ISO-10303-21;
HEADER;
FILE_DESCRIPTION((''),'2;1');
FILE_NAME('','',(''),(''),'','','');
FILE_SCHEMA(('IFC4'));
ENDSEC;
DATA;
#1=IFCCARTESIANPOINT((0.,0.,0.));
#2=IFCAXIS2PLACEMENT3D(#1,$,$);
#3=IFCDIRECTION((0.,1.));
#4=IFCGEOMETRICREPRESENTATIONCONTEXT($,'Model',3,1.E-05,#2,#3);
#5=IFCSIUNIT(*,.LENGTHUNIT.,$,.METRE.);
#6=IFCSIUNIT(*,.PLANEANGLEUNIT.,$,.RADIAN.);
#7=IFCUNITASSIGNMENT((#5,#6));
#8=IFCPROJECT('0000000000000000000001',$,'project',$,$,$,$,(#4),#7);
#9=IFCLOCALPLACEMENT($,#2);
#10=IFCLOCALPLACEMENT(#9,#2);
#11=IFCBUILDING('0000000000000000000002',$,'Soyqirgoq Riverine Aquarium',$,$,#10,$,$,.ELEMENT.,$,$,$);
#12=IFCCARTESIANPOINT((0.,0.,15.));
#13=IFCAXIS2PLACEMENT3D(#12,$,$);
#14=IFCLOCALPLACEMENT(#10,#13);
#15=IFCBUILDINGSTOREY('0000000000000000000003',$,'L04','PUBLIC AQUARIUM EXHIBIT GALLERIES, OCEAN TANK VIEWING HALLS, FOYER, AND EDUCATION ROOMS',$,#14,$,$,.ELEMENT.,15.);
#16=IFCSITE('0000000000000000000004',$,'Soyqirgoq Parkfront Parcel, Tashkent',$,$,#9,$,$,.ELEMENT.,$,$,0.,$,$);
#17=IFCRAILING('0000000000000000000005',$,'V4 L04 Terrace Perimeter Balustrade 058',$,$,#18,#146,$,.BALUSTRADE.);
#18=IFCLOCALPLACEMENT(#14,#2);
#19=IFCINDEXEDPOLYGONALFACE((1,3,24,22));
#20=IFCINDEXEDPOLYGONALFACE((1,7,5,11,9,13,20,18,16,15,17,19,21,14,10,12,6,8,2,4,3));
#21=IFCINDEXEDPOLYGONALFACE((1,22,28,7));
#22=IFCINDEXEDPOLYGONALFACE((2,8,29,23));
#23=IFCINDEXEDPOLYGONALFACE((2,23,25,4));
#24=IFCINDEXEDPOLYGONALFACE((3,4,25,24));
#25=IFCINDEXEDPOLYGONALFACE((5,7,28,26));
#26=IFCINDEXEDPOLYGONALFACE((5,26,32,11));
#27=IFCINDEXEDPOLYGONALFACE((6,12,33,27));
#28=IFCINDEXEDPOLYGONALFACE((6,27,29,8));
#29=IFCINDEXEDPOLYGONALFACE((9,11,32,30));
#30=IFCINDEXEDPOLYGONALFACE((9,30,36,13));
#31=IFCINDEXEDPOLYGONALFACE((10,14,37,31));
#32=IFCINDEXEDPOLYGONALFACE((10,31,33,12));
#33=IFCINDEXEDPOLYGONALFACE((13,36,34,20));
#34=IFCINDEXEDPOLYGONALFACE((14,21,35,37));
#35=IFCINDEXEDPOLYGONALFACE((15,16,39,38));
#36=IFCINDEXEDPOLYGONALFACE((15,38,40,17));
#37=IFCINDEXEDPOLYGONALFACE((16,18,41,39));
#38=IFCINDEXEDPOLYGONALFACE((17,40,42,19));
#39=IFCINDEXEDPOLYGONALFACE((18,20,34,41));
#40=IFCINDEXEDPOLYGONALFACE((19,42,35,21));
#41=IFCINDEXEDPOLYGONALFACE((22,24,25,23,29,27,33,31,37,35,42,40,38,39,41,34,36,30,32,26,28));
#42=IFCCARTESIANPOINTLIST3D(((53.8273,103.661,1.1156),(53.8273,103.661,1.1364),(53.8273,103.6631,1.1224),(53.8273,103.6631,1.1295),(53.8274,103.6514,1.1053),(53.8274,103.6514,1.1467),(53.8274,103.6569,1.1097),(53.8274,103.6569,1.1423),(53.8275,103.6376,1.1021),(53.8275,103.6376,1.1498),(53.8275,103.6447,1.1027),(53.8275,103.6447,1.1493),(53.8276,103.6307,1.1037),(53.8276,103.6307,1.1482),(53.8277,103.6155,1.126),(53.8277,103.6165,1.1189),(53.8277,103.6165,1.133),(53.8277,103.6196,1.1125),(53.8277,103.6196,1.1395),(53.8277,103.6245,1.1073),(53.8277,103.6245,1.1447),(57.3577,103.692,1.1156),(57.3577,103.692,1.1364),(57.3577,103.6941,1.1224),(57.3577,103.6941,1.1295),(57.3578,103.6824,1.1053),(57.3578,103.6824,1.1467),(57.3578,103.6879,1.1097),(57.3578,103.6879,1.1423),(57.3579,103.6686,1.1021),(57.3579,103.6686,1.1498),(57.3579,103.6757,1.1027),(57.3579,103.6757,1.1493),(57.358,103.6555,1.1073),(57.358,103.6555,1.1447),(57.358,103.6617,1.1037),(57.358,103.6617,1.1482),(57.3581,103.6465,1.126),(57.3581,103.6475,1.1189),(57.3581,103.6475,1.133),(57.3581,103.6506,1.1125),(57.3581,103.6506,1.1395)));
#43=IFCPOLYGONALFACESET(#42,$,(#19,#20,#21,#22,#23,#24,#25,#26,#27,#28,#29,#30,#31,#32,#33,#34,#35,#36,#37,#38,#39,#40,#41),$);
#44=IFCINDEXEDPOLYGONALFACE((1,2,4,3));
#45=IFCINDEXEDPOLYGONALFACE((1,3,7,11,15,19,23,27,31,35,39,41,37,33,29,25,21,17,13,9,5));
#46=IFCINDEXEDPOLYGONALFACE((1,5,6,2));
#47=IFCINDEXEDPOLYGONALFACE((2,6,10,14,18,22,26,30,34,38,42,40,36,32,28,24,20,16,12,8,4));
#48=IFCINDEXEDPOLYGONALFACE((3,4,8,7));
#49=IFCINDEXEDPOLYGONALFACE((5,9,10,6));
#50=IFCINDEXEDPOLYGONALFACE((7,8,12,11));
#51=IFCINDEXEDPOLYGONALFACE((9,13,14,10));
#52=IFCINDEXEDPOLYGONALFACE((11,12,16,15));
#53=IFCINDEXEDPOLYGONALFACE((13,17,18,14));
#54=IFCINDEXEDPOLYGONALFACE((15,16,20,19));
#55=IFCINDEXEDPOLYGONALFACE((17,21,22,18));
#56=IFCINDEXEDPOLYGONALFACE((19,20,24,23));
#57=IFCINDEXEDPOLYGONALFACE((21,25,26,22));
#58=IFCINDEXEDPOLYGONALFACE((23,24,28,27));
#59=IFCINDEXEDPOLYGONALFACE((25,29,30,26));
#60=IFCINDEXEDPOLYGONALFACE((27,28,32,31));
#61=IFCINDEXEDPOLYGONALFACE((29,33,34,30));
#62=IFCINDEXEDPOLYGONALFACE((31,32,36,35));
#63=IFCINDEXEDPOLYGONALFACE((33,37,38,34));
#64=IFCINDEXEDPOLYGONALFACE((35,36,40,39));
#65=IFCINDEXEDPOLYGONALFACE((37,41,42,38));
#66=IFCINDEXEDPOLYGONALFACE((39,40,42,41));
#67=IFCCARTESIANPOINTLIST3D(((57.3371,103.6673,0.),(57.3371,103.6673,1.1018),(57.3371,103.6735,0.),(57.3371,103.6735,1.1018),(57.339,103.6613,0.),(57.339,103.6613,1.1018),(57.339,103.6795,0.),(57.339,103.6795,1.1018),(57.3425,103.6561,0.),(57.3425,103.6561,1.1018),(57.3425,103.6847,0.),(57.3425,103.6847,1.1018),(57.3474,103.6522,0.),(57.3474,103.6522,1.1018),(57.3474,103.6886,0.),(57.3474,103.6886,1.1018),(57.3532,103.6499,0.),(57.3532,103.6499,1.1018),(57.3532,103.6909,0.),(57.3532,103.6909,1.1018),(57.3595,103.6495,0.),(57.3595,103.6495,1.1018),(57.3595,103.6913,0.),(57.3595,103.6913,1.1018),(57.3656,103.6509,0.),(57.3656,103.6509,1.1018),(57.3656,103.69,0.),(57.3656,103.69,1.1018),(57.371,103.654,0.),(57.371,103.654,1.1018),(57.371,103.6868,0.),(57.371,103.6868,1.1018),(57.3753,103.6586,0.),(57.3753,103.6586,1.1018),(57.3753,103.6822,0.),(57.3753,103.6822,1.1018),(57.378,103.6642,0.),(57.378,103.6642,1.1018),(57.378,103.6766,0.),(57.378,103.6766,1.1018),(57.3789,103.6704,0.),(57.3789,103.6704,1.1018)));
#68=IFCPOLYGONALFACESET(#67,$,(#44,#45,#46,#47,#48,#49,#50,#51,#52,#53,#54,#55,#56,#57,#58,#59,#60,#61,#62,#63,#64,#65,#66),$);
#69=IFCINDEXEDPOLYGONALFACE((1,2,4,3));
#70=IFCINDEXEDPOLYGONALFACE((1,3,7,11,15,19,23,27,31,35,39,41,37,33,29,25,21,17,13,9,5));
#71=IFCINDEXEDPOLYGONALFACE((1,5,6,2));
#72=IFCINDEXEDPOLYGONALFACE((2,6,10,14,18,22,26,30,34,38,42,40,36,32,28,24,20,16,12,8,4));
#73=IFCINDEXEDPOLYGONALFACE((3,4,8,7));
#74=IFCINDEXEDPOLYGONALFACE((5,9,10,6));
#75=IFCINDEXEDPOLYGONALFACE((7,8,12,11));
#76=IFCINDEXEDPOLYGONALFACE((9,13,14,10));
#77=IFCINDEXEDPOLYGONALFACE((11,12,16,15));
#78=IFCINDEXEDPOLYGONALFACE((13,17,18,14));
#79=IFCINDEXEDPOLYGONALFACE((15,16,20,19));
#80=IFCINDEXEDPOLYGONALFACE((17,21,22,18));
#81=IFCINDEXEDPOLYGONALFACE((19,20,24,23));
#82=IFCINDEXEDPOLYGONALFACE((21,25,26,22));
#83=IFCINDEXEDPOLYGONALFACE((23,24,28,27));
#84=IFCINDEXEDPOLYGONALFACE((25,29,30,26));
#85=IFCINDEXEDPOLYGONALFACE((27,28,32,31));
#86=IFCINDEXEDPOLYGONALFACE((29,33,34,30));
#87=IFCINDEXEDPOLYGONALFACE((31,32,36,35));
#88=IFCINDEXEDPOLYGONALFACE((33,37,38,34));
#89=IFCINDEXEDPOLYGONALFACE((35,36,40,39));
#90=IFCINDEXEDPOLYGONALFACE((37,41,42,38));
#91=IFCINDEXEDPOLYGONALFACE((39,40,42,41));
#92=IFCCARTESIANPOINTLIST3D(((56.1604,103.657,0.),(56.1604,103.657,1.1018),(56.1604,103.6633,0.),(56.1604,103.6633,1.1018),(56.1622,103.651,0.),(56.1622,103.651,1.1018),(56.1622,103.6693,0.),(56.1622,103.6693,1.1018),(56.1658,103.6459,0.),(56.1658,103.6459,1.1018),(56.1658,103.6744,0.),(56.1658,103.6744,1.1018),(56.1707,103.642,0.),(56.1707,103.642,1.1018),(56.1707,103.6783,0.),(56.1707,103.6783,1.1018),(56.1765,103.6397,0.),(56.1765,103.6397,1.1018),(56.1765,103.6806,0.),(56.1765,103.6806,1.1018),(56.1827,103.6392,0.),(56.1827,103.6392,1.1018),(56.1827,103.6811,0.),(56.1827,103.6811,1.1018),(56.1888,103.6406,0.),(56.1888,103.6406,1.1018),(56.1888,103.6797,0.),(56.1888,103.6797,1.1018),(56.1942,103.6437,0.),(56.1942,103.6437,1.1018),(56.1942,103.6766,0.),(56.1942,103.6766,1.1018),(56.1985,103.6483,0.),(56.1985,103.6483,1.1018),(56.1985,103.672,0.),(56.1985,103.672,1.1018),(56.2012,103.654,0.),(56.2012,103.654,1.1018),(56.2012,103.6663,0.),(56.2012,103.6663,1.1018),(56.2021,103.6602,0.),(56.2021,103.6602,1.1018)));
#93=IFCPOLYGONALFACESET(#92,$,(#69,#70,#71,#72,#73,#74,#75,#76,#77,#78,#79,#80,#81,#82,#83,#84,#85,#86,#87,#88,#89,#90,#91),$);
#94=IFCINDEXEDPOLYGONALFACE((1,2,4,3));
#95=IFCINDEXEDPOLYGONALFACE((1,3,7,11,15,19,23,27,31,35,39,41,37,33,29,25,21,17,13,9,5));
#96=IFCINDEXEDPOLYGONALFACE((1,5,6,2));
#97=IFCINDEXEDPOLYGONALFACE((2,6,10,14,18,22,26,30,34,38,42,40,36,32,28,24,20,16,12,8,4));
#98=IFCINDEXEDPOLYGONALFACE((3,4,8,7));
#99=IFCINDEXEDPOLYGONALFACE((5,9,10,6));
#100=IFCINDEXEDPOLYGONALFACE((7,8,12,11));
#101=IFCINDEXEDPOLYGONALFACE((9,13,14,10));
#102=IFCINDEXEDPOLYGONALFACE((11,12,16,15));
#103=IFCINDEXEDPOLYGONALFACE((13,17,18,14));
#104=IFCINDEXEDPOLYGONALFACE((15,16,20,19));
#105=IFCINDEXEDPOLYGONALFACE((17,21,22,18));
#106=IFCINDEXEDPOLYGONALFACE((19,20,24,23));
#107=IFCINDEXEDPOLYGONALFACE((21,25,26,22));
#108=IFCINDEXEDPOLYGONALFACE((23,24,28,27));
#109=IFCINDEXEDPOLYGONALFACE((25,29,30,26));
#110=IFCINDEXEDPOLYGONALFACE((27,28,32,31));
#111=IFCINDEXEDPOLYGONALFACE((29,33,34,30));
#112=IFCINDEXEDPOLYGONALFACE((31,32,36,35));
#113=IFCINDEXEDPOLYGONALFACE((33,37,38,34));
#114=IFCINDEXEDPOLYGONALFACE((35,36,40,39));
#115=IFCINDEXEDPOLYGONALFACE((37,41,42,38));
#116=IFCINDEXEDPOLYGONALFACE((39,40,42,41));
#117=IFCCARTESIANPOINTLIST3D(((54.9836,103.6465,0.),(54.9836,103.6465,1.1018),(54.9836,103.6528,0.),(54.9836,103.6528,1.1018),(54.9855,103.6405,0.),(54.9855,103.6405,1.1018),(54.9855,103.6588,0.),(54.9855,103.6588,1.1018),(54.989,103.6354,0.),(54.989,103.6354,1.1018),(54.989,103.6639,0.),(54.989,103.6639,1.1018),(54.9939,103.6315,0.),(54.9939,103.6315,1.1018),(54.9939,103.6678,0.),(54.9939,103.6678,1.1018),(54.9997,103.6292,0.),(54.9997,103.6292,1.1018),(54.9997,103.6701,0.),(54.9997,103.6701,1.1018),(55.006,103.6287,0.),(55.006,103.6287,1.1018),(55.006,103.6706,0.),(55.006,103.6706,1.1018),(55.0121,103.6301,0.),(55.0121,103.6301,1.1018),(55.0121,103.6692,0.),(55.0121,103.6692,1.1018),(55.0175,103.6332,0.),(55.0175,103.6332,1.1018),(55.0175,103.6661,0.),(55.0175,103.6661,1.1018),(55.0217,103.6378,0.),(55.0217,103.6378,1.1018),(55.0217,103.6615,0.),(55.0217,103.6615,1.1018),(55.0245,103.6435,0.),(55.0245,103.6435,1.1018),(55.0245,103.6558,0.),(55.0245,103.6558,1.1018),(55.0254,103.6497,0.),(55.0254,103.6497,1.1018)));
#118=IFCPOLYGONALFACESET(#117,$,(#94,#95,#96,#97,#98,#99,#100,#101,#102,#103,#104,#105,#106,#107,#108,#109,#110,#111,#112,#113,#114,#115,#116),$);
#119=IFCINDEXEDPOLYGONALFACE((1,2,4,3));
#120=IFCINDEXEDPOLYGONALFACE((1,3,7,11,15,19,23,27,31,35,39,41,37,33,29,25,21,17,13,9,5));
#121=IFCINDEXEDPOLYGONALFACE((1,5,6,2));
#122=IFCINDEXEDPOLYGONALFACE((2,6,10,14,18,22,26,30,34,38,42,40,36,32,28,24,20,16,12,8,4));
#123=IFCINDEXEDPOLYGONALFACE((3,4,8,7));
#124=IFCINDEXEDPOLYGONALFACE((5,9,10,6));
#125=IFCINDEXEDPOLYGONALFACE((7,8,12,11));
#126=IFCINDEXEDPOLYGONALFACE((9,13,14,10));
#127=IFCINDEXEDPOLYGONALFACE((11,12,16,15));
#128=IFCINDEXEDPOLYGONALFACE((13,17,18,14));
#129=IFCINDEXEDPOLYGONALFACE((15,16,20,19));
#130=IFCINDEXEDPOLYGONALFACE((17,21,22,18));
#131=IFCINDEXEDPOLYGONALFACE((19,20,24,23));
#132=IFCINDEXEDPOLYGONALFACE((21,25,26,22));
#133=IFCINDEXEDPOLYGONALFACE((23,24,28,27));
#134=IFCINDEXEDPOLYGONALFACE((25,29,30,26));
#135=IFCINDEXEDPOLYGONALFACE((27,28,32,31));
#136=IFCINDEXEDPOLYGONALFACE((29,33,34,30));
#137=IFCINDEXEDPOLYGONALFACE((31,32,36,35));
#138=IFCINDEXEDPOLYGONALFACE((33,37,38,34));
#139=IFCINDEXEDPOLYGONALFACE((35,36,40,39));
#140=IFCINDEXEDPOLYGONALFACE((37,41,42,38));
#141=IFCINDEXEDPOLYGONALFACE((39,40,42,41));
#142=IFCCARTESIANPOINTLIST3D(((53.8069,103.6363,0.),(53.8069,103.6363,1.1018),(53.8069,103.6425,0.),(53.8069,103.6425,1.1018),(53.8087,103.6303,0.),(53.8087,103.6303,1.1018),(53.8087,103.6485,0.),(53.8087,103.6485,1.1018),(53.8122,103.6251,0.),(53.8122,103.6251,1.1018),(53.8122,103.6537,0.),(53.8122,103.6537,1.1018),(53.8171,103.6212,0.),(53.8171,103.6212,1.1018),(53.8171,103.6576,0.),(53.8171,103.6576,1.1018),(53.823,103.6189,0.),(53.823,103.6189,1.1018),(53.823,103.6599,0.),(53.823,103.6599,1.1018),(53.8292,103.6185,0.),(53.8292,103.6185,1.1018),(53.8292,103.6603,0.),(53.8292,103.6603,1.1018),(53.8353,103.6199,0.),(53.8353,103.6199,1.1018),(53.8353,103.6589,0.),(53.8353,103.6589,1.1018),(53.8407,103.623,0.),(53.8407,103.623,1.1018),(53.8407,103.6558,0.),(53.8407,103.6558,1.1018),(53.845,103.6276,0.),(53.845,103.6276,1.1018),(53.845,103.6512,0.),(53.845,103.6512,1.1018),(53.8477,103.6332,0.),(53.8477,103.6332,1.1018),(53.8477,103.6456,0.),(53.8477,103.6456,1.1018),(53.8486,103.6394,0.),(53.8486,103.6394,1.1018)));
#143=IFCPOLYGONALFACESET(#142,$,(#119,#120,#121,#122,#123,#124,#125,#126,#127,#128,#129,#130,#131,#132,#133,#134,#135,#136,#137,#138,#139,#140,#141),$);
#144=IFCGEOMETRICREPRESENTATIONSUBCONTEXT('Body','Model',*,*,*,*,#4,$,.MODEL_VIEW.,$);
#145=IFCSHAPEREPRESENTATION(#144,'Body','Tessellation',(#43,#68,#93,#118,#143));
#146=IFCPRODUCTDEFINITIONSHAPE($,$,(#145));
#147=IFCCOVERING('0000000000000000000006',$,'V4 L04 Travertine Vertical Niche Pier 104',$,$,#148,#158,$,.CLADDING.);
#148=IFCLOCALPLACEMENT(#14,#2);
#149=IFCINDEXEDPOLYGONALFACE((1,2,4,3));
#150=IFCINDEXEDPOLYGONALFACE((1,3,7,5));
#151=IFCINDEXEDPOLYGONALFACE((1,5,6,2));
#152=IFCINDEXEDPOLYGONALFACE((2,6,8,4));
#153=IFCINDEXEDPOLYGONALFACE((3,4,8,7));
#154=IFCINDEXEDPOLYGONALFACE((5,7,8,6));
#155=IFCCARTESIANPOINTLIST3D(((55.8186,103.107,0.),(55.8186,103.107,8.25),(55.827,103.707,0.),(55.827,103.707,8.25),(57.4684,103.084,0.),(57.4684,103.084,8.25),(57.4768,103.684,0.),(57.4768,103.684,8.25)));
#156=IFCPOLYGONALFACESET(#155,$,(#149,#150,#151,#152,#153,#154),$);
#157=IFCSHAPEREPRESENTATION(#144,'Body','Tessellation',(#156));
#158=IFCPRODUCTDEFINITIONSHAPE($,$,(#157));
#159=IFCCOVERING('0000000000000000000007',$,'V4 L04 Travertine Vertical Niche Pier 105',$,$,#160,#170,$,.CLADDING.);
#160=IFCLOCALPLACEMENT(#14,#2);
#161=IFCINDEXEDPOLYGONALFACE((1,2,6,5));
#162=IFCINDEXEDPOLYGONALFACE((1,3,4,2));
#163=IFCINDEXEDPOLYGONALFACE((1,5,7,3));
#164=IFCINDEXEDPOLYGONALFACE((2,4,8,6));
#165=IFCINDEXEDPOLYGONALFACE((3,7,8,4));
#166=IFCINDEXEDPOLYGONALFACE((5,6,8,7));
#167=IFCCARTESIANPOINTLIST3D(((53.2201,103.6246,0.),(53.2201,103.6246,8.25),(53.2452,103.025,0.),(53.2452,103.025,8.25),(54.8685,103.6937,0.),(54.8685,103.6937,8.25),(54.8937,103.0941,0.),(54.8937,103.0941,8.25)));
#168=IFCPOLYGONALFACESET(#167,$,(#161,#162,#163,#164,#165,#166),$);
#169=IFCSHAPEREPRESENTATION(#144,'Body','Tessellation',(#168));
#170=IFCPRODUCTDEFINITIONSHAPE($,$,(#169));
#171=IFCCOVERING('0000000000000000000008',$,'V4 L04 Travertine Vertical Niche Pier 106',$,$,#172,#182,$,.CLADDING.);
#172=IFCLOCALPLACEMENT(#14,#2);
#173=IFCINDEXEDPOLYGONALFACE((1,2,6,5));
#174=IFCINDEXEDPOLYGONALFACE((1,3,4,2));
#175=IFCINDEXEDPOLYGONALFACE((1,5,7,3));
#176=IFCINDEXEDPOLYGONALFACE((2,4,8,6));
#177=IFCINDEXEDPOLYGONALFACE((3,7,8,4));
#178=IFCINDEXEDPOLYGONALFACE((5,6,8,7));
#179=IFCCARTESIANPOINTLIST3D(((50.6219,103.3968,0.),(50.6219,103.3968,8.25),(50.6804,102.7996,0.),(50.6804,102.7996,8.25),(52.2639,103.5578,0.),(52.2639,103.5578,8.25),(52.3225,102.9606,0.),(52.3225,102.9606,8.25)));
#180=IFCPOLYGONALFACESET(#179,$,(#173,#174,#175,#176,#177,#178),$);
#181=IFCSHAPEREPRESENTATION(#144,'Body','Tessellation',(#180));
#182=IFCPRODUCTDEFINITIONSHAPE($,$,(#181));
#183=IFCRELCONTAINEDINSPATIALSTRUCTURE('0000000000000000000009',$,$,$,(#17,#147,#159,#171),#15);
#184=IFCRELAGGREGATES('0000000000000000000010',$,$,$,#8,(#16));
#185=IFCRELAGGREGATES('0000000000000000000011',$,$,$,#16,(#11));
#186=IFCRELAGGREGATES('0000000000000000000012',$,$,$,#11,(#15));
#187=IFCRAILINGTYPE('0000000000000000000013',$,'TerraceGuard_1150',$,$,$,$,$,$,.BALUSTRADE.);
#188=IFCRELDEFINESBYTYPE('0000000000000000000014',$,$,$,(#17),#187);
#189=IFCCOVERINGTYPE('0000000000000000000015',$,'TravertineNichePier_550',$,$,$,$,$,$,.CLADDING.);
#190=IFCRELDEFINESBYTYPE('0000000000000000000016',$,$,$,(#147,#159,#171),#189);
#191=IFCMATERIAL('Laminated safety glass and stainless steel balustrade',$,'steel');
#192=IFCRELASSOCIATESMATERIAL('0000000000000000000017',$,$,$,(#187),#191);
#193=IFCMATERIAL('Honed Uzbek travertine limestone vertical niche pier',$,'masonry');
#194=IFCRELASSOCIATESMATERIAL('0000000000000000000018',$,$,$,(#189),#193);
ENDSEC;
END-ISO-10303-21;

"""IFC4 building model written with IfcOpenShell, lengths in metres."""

from ifc_helpers import new_model, si_unit, direction, frame, origin, origin_2d, place, context, subcontext, project, spatial, rectangle, circle, extrude, material, type_object, element, save


model = new_model("IFC4")

# Units and contexts
model_context = context("Model", 3, precision=1e-05, world=origin(), true_north=direction((0.0, 1.0)))
body_context = subcontext(model_context, "Body", "Model", "MODEL_VIEW")
ifc_project = project(units=[si_unit("LENGTHUNIT", "METRE"), si_unit("PLANEANGLEUNIT", "RADIAN")], contexts=[model_context])

# Site, building, storey
site_placement = place(None, origin())
site = spatial("IfcSite", under=ifc_project, at=site_placement, Name="Soyqirgoq Parkfront Parcel, Tashkent", CompositionType="ELEMENT", RefElevation=0.0)
building_placement = place(site_placement, origin())
building = spatial("IfcBuilding", under=site, at=building_placement, Name="Soyqirgoq Riverine Aquarium", CompositionType="ELEMENT")
storey_placement = place(building_placement, frame((0.0, 0.0, 15.0)))
storey = spatial("IfcBuildingStorey", under=building, at=storey_placement, Name="L04", Description="PUBLIC AQUARIUM EXHIBIT GALLERIES, OCEAN TANK VIEWING HALLS, FOYER, AND EDUCATION ROOMS", CompositionType="ELEMENT", Elevation=15.0)

# Railing
ifc_material_1 = material(Name="Laminated safety glass and stainless steel balustrade", Category="steel")
railing_type = type_object("IfcRailingType", Name="TerraceGuard_1150", PredefinedType="BALUSTRADE", material=ifc_material_1)
railing_1_placement = place(storey_placement, frame((57.3579, 103.6704, 0.0)))
element("IfcRailing", 1, at=railing_1_placement, inside=storey, type_object=railing_type, Name="V4 L04 Terrace Perimeter Balustrade 058", PredefinedType="BALUSTRADE", context=body_context, shape_type="SweptSolid", body=[
    extrude(circle(Radius=0.0239, at=origin_2d()), frame((0.0, 0.0, 1.126), z_axis=(-0.999961, -0.008783, 0.0), x_axis=(0.008783, -0.999961, 0.0)), (0.0, 0.0, 1.0), 3.5305),
    extrude(circle(Radius=0.021, at=origin_2d()), origin(), (0.0, 0.0, 1.0), 1.1018),
    extrude(circle(Radius=0.021, at=origin_2d()), frame((-1.1768, -0.0103, 0.0)), (0.0, 0.0, 1.0), 1.1018),
    extrude(circle(Radius=0.021, at=origin_2d()), frame((-2.3535, -0.0208, 0.0)), (0.0, 0.0, 1.0), 1.1018),
    extrude(circle(Radius=0.021, at=origin_2d()), frame((-3.5303, -0.031, 0.0)), (0.0, 0.0, 1.0), 1.1018),
])

# Coverings
ifc_material_2 = material(Name="Honed Uzbek travertine limestone vertical niche pier", Category="masonry")
covering_type = type_object("IfcCoveringType", Name="TravertineNichePier_550", PredefinedType="CLADDING", material=ifc_material_2)
for number, where, z_axis, x_axis, name in (
    (2, (56.6477, 103.3955, 0.0), (0.0, 0.0, 1.0), (0.013962, 0.999903, 0.0), "V4 L04 Travertine Vertical Niche Pier 104"),
    (3, (54.0569, 103.3594, 0.0), (0.0, 0.0, 1.0), (-0.041876, 0.999123, 0.0), "V4 L04 Travertine Vertical Niche Pier 105"),
    (4, (51.4722, 103.1787, 0.0), (0.0, 0.0, 1.0), (-0.097583, 0.995227, 0.0), "V4 L04 Travertine Vertical Niche Pier 106"),
):
    element("IfcCovering", number, at=place(storey_placement, frame(where, z_axis=z_axis, x_axis=x_axis)), inside=storey, type_object=covering_type, Name=name, PredefinedType="CLADDING", context=body_context, shape_type="SweptSolid", body=[
        extrude(rectangle(XDim=0.6001, YDim=1.6499, at=origin_2d()), origin(), (0.0, 0.0, 1.0), 8.25),
    ])

save(model, "model.ifc")
